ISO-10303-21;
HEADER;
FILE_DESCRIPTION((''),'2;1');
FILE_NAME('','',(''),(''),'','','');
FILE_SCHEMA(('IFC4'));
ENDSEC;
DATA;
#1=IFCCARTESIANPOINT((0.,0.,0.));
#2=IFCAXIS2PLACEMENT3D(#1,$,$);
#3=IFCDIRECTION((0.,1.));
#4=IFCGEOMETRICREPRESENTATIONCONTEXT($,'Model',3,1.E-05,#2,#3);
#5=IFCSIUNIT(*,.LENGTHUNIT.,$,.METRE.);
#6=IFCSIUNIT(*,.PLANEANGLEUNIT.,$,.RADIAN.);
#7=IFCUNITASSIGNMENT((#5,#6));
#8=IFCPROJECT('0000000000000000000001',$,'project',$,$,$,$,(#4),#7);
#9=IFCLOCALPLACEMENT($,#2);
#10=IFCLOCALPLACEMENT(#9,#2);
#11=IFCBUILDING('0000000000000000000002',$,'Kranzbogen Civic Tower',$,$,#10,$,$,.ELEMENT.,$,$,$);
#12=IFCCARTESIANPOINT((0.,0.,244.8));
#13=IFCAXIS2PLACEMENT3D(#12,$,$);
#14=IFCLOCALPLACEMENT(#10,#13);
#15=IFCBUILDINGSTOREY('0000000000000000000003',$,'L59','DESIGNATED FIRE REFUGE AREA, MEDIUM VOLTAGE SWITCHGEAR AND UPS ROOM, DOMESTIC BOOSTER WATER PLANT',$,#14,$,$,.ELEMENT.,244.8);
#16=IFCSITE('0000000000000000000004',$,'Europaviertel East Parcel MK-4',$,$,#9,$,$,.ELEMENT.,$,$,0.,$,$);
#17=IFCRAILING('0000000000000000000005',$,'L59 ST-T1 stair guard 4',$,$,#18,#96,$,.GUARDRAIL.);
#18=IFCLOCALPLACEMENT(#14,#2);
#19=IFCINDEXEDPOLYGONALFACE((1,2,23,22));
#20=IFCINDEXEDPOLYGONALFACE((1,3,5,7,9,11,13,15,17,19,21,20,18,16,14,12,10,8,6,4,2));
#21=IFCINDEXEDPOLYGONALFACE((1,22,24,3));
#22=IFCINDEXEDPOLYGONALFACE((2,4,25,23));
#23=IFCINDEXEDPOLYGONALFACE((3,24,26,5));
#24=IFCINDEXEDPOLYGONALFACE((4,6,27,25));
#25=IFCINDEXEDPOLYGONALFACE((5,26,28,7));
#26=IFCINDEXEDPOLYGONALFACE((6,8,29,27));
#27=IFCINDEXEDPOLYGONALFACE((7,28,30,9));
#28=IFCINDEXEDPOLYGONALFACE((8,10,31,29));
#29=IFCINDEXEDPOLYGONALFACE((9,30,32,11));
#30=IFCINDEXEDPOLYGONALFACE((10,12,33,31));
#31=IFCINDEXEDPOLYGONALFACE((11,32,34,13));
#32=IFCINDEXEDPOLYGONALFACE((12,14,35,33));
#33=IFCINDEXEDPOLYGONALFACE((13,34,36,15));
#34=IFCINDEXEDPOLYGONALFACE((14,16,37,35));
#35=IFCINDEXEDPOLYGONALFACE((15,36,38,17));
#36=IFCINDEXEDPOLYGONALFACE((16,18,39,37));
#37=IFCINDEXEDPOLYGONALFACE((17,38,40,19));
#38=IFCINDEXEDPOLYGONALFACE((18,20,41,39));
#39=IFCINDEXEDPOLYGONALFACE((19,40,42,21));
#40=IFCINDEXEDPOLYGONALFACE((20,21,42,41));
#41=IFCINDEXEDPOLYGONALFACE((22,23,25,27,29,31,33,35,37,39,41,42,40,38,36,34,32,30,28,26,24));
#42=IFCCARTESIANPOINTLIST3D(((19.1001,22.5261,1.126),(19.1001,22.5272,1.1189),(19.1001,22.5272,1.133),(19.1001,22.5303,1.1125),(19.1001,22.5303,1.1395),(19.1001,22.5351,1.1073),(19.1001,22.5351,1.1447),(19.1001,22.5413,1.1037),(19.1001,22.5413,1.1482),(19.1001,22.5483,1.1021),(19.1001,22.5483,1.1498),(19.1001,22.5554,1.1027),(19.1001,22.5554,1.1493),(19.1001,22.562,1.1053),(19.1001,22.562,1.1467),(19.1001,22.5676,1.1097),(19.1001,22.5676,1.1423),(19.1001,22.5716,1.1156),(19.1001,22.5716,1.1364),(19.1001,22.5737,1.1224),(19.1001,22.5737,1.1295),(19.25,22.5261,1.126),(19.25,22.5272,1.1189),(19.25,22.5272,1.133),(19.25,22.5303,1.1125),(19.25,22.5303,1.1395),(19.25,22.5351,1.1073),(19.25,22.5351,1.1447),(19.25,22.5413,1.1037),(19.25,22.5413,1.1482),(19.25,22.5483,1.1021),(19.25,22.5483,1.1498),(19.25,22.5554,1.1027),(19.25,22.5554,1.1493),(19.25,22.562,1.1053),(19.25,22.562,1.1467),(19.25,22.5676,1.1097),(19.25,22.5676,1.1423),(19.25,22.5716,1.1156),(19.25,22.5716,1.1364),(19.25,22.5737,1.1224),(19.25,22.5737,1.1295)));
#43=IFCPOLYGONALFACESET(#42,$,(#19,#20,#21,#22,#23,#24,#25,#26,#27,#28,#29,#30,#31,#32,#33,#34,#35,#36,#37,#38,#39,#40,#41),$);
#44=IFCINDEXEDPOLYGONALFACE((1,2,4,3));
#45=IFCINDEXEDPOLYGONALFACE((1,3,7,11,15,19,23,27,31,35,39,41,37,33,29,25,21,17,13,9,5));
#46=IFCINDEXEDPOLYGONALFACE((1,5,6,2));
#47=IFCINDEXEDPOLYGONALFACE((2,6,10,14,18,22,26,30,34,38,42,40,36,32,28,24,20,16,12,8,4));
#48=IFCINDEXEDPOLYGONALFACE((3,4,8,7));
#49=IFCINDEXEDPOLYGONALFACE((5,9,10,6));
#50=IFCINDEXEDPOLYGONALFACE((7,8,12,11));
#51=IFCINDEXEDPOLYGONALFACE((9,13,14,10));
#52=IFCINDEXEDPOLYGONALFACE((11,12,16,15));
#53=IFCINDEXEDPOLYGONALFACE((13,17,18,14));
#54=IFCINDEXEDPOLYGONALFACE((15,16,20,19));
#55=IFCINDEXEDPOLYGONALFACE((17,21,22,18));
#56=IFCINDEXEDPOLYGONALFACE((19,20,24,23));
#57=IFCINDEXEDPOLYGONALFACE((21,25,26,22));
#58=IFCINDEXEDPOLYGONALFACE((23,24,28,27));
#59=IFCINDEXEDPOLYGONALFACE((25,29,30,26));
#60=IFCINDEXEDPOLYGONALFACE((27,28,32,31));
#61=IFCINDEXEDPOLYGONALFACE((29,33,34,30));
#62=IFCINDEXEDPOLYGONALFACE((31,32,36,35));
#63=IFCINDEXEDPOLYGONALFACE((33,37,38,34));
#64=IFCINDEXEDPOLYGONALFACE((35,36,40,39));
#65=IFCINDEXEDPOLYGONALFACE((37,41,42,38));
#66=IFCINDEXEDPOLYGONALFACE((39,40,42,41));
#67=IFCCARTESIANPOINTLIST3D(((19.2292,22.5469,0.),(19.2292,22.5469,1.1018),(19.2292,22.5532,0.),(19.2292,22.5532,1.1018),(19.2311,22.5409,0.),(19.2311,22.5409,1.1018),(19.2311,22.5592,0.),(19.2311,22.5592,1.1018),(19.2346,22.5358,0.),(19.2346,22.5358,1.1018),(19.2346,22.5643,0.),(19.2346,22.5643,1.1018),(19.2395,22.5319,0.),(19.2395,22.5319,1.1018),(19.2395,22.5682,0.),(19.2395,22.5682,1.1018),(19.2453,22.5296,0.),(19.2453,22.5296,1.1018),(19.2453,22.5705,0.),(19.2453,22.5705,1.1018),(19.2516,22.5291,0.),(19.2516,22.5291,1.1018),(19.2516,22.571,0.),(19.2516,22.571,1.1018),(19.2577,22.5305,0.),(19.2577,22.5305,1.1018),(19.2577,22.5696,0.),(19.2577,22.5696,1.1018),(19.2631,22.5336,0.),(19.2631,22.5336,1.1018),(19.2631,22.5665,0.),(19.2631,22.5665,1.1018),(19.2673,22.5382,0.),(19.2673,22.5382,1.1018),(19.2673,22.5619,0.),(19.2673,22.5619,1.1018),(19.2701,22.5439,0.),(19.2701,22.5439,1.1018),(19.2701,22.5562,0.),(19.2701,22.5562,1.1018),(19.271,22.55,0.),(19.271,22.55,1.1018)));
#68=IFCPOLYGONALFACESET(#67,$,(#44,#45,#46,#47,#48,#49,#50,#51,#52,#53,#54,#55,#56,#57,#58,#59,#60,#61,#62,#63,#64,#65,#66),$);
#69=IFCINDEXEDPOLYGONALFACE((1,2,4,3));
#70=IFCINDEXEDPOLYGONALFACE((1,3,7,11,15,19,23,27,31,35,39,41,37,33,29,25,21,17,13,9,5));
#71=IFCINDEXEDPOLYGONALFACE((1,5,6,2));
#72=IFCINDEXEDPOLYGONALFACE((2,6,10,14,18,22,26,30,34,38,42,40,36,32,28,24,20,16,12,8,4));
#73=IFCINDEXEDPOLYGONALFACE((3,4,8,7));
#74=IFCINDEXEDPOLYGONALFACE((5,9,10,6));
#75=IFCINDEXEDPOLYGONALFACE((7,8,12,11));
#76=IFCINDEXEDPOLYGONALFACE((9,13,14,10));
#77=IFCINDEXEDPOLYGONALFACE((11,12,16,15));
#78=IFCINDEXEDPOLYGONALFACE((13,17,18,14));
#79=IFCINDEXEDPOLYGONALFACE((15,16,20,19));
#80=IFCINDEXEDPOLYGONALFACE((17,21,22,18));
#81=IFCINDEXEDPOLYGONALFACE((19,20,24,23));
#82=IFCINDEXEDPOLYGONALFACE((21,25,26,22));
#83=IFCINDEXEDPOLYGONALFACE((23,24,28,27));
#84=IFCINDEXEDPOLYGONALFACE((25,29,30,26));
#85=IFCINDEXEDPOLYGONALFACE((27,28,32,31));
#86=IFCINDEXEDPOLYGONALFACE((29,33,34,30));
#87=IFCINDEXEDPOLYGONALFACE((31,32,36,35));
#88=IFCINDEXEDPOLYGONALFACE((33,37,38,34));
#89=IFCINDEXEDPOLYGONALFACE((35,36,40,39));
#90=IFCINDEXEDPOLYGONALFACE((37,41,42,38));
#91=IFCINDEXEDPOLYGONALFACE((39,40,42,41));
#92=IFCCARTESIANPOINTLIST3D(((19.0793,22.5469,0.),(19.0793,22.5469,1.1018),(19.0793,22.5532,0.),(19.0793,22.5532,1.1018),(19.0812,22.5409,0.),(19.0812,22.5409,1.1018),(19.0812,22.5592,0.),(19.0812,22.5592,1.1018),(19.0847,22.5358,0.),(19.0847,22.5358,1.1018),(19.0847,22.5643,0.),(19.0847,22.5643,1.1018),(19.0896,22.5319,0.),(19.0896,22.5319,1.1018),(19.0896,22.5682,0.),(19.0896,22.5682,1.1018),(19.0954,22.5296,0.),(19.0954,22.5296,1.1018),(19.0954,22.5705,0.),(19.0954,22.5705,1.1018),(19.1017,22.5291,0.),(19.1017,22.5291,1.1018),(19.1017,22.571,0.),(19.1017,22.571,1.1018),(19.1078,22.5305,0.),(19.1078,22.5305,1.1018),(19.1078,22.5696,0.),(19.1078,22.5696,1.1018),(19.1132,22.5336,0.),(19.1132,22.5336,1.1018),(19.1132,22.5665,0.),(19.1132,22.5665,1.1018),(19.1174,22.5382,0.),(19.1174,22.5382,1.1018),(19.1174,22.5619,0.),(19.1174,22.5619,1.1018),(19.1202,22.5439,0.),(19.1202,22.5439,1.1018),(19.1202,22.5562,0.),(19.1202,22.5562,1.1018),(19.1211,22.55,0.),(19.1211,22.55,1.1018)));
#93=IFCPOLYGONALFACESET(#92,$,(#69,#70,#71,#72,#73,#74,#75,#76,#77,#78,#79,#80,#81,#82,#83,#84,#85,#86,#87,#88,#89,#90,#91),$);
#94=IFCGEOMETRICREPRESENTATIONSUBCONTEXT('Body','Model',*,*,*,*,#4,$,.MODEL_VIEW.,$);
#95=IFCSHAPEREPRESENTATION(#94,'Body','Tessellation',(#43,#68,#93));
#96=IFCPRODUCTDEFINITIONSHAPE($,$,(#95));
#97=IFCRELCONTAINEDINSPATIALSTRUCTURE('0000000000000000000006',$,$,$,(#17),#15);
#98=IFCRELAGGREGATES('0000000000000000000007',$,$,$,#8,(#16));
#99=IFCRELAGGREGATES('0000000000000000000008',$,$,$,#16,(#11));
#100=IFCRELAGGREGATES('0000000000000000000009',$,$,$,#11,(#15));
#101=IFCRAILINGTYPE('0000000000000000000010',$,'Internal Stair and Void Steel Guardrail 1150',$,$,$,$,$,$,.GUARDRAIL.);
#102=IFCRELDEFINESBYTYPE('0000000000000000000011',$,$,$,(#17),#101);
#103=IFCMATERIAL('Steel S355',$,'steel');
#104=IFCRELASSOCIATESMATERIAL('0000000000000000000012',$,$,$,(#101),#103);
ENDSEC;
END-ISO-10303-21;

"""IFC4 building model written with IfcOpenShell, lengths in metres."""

from ifc_helpers import new_model, si_unit, direction, frame, origin, origin_2d, place, context, subcontext, project, spatial, circle, extrude, material, type_object, element, save


model = new_model("IFC4")

# Units and contexts
model_context = context("Model", 3, precision=1e-05, world=origin(), true_north=direction((0.0, 1.0)))
body_context = subcontext(model_context, "Body", "Model", "MODEL_VIEW")
ifc_project = project(units=[si_unit("LENGTHUNIT", "METRE"), si_unit("PLANEANGLEUNIT", "RADIAN")], contexts=[model_context])

# Site, building, storey
site_placement = place(None, origin())
site = spatial("IfcSite", under=ifc_project, at=site_placement, Name="Europaviertel East Parcel MK-4", CompositionType="ELEMENT", RefElevation=0.0)
building_placement = place(site_placement, origin())
building = spatial("IfcBuilding", under=site, at=building_placement, Name="Kranzbogen Civic Tower", CompositionType="ELEMENT")
storey_placement = place(building_placement, frame((0.0, 0.0, 244.8)))
storey = spatial("IfcBuildingStorey", under=building, at=storey_placement, Name="L59", Description="DESIGNATED FIRE REFUGE AREA, MEDIUM VOLTAGE SWITCHGEAR AND UPS ROOM, DOMESTIC BOOSTER WATER PLANT", CompositionType="ELEMENT", Elevation=244.8)

# Shared definitions
ifc_material_1 = material(Name="Steel S355", Category="steel")

# Railing
railing_type_1 = type_object("IfcRailingType", Name="Internal Stair and Void Steel Guardrail 1150", PredefinedType="GUARDRAIL", material=ifc_material_1)
railing_1_placement = place(storey_placement, frame((19.25, 22.55, 0.0)))
element("IfcRailing", 1, at=railing_1_placement, inside=storey, type_object=railing_type_1, Name="L59 ST-T1 stair guard 4", PredefinedType="GUARDRAIL", context=body_context, shape_type="SweptSolid", body=[
    extrude(circle(Radius=0.0239, at=origin_2d()), frame((0.0, 0.0, 1.126), z_axis=(-1.0, 0.0, 0.0), x_axis=(0.0, -1.0, 0.0)), (0.0, 0.0, 1.0), 0.1499),
    extrude(circle(Radius=0.021, at=origin_2d()), origin(), (0.0, 0.0, 1.0), 1.1018),
    extrude(circle(Radius=0.021, at=origin_2d()), frame((-0.1499, 0.0, 0.0)), (0.0, 0.0, 1.0), 1.1018),
])

save(model, "model.ifc")
